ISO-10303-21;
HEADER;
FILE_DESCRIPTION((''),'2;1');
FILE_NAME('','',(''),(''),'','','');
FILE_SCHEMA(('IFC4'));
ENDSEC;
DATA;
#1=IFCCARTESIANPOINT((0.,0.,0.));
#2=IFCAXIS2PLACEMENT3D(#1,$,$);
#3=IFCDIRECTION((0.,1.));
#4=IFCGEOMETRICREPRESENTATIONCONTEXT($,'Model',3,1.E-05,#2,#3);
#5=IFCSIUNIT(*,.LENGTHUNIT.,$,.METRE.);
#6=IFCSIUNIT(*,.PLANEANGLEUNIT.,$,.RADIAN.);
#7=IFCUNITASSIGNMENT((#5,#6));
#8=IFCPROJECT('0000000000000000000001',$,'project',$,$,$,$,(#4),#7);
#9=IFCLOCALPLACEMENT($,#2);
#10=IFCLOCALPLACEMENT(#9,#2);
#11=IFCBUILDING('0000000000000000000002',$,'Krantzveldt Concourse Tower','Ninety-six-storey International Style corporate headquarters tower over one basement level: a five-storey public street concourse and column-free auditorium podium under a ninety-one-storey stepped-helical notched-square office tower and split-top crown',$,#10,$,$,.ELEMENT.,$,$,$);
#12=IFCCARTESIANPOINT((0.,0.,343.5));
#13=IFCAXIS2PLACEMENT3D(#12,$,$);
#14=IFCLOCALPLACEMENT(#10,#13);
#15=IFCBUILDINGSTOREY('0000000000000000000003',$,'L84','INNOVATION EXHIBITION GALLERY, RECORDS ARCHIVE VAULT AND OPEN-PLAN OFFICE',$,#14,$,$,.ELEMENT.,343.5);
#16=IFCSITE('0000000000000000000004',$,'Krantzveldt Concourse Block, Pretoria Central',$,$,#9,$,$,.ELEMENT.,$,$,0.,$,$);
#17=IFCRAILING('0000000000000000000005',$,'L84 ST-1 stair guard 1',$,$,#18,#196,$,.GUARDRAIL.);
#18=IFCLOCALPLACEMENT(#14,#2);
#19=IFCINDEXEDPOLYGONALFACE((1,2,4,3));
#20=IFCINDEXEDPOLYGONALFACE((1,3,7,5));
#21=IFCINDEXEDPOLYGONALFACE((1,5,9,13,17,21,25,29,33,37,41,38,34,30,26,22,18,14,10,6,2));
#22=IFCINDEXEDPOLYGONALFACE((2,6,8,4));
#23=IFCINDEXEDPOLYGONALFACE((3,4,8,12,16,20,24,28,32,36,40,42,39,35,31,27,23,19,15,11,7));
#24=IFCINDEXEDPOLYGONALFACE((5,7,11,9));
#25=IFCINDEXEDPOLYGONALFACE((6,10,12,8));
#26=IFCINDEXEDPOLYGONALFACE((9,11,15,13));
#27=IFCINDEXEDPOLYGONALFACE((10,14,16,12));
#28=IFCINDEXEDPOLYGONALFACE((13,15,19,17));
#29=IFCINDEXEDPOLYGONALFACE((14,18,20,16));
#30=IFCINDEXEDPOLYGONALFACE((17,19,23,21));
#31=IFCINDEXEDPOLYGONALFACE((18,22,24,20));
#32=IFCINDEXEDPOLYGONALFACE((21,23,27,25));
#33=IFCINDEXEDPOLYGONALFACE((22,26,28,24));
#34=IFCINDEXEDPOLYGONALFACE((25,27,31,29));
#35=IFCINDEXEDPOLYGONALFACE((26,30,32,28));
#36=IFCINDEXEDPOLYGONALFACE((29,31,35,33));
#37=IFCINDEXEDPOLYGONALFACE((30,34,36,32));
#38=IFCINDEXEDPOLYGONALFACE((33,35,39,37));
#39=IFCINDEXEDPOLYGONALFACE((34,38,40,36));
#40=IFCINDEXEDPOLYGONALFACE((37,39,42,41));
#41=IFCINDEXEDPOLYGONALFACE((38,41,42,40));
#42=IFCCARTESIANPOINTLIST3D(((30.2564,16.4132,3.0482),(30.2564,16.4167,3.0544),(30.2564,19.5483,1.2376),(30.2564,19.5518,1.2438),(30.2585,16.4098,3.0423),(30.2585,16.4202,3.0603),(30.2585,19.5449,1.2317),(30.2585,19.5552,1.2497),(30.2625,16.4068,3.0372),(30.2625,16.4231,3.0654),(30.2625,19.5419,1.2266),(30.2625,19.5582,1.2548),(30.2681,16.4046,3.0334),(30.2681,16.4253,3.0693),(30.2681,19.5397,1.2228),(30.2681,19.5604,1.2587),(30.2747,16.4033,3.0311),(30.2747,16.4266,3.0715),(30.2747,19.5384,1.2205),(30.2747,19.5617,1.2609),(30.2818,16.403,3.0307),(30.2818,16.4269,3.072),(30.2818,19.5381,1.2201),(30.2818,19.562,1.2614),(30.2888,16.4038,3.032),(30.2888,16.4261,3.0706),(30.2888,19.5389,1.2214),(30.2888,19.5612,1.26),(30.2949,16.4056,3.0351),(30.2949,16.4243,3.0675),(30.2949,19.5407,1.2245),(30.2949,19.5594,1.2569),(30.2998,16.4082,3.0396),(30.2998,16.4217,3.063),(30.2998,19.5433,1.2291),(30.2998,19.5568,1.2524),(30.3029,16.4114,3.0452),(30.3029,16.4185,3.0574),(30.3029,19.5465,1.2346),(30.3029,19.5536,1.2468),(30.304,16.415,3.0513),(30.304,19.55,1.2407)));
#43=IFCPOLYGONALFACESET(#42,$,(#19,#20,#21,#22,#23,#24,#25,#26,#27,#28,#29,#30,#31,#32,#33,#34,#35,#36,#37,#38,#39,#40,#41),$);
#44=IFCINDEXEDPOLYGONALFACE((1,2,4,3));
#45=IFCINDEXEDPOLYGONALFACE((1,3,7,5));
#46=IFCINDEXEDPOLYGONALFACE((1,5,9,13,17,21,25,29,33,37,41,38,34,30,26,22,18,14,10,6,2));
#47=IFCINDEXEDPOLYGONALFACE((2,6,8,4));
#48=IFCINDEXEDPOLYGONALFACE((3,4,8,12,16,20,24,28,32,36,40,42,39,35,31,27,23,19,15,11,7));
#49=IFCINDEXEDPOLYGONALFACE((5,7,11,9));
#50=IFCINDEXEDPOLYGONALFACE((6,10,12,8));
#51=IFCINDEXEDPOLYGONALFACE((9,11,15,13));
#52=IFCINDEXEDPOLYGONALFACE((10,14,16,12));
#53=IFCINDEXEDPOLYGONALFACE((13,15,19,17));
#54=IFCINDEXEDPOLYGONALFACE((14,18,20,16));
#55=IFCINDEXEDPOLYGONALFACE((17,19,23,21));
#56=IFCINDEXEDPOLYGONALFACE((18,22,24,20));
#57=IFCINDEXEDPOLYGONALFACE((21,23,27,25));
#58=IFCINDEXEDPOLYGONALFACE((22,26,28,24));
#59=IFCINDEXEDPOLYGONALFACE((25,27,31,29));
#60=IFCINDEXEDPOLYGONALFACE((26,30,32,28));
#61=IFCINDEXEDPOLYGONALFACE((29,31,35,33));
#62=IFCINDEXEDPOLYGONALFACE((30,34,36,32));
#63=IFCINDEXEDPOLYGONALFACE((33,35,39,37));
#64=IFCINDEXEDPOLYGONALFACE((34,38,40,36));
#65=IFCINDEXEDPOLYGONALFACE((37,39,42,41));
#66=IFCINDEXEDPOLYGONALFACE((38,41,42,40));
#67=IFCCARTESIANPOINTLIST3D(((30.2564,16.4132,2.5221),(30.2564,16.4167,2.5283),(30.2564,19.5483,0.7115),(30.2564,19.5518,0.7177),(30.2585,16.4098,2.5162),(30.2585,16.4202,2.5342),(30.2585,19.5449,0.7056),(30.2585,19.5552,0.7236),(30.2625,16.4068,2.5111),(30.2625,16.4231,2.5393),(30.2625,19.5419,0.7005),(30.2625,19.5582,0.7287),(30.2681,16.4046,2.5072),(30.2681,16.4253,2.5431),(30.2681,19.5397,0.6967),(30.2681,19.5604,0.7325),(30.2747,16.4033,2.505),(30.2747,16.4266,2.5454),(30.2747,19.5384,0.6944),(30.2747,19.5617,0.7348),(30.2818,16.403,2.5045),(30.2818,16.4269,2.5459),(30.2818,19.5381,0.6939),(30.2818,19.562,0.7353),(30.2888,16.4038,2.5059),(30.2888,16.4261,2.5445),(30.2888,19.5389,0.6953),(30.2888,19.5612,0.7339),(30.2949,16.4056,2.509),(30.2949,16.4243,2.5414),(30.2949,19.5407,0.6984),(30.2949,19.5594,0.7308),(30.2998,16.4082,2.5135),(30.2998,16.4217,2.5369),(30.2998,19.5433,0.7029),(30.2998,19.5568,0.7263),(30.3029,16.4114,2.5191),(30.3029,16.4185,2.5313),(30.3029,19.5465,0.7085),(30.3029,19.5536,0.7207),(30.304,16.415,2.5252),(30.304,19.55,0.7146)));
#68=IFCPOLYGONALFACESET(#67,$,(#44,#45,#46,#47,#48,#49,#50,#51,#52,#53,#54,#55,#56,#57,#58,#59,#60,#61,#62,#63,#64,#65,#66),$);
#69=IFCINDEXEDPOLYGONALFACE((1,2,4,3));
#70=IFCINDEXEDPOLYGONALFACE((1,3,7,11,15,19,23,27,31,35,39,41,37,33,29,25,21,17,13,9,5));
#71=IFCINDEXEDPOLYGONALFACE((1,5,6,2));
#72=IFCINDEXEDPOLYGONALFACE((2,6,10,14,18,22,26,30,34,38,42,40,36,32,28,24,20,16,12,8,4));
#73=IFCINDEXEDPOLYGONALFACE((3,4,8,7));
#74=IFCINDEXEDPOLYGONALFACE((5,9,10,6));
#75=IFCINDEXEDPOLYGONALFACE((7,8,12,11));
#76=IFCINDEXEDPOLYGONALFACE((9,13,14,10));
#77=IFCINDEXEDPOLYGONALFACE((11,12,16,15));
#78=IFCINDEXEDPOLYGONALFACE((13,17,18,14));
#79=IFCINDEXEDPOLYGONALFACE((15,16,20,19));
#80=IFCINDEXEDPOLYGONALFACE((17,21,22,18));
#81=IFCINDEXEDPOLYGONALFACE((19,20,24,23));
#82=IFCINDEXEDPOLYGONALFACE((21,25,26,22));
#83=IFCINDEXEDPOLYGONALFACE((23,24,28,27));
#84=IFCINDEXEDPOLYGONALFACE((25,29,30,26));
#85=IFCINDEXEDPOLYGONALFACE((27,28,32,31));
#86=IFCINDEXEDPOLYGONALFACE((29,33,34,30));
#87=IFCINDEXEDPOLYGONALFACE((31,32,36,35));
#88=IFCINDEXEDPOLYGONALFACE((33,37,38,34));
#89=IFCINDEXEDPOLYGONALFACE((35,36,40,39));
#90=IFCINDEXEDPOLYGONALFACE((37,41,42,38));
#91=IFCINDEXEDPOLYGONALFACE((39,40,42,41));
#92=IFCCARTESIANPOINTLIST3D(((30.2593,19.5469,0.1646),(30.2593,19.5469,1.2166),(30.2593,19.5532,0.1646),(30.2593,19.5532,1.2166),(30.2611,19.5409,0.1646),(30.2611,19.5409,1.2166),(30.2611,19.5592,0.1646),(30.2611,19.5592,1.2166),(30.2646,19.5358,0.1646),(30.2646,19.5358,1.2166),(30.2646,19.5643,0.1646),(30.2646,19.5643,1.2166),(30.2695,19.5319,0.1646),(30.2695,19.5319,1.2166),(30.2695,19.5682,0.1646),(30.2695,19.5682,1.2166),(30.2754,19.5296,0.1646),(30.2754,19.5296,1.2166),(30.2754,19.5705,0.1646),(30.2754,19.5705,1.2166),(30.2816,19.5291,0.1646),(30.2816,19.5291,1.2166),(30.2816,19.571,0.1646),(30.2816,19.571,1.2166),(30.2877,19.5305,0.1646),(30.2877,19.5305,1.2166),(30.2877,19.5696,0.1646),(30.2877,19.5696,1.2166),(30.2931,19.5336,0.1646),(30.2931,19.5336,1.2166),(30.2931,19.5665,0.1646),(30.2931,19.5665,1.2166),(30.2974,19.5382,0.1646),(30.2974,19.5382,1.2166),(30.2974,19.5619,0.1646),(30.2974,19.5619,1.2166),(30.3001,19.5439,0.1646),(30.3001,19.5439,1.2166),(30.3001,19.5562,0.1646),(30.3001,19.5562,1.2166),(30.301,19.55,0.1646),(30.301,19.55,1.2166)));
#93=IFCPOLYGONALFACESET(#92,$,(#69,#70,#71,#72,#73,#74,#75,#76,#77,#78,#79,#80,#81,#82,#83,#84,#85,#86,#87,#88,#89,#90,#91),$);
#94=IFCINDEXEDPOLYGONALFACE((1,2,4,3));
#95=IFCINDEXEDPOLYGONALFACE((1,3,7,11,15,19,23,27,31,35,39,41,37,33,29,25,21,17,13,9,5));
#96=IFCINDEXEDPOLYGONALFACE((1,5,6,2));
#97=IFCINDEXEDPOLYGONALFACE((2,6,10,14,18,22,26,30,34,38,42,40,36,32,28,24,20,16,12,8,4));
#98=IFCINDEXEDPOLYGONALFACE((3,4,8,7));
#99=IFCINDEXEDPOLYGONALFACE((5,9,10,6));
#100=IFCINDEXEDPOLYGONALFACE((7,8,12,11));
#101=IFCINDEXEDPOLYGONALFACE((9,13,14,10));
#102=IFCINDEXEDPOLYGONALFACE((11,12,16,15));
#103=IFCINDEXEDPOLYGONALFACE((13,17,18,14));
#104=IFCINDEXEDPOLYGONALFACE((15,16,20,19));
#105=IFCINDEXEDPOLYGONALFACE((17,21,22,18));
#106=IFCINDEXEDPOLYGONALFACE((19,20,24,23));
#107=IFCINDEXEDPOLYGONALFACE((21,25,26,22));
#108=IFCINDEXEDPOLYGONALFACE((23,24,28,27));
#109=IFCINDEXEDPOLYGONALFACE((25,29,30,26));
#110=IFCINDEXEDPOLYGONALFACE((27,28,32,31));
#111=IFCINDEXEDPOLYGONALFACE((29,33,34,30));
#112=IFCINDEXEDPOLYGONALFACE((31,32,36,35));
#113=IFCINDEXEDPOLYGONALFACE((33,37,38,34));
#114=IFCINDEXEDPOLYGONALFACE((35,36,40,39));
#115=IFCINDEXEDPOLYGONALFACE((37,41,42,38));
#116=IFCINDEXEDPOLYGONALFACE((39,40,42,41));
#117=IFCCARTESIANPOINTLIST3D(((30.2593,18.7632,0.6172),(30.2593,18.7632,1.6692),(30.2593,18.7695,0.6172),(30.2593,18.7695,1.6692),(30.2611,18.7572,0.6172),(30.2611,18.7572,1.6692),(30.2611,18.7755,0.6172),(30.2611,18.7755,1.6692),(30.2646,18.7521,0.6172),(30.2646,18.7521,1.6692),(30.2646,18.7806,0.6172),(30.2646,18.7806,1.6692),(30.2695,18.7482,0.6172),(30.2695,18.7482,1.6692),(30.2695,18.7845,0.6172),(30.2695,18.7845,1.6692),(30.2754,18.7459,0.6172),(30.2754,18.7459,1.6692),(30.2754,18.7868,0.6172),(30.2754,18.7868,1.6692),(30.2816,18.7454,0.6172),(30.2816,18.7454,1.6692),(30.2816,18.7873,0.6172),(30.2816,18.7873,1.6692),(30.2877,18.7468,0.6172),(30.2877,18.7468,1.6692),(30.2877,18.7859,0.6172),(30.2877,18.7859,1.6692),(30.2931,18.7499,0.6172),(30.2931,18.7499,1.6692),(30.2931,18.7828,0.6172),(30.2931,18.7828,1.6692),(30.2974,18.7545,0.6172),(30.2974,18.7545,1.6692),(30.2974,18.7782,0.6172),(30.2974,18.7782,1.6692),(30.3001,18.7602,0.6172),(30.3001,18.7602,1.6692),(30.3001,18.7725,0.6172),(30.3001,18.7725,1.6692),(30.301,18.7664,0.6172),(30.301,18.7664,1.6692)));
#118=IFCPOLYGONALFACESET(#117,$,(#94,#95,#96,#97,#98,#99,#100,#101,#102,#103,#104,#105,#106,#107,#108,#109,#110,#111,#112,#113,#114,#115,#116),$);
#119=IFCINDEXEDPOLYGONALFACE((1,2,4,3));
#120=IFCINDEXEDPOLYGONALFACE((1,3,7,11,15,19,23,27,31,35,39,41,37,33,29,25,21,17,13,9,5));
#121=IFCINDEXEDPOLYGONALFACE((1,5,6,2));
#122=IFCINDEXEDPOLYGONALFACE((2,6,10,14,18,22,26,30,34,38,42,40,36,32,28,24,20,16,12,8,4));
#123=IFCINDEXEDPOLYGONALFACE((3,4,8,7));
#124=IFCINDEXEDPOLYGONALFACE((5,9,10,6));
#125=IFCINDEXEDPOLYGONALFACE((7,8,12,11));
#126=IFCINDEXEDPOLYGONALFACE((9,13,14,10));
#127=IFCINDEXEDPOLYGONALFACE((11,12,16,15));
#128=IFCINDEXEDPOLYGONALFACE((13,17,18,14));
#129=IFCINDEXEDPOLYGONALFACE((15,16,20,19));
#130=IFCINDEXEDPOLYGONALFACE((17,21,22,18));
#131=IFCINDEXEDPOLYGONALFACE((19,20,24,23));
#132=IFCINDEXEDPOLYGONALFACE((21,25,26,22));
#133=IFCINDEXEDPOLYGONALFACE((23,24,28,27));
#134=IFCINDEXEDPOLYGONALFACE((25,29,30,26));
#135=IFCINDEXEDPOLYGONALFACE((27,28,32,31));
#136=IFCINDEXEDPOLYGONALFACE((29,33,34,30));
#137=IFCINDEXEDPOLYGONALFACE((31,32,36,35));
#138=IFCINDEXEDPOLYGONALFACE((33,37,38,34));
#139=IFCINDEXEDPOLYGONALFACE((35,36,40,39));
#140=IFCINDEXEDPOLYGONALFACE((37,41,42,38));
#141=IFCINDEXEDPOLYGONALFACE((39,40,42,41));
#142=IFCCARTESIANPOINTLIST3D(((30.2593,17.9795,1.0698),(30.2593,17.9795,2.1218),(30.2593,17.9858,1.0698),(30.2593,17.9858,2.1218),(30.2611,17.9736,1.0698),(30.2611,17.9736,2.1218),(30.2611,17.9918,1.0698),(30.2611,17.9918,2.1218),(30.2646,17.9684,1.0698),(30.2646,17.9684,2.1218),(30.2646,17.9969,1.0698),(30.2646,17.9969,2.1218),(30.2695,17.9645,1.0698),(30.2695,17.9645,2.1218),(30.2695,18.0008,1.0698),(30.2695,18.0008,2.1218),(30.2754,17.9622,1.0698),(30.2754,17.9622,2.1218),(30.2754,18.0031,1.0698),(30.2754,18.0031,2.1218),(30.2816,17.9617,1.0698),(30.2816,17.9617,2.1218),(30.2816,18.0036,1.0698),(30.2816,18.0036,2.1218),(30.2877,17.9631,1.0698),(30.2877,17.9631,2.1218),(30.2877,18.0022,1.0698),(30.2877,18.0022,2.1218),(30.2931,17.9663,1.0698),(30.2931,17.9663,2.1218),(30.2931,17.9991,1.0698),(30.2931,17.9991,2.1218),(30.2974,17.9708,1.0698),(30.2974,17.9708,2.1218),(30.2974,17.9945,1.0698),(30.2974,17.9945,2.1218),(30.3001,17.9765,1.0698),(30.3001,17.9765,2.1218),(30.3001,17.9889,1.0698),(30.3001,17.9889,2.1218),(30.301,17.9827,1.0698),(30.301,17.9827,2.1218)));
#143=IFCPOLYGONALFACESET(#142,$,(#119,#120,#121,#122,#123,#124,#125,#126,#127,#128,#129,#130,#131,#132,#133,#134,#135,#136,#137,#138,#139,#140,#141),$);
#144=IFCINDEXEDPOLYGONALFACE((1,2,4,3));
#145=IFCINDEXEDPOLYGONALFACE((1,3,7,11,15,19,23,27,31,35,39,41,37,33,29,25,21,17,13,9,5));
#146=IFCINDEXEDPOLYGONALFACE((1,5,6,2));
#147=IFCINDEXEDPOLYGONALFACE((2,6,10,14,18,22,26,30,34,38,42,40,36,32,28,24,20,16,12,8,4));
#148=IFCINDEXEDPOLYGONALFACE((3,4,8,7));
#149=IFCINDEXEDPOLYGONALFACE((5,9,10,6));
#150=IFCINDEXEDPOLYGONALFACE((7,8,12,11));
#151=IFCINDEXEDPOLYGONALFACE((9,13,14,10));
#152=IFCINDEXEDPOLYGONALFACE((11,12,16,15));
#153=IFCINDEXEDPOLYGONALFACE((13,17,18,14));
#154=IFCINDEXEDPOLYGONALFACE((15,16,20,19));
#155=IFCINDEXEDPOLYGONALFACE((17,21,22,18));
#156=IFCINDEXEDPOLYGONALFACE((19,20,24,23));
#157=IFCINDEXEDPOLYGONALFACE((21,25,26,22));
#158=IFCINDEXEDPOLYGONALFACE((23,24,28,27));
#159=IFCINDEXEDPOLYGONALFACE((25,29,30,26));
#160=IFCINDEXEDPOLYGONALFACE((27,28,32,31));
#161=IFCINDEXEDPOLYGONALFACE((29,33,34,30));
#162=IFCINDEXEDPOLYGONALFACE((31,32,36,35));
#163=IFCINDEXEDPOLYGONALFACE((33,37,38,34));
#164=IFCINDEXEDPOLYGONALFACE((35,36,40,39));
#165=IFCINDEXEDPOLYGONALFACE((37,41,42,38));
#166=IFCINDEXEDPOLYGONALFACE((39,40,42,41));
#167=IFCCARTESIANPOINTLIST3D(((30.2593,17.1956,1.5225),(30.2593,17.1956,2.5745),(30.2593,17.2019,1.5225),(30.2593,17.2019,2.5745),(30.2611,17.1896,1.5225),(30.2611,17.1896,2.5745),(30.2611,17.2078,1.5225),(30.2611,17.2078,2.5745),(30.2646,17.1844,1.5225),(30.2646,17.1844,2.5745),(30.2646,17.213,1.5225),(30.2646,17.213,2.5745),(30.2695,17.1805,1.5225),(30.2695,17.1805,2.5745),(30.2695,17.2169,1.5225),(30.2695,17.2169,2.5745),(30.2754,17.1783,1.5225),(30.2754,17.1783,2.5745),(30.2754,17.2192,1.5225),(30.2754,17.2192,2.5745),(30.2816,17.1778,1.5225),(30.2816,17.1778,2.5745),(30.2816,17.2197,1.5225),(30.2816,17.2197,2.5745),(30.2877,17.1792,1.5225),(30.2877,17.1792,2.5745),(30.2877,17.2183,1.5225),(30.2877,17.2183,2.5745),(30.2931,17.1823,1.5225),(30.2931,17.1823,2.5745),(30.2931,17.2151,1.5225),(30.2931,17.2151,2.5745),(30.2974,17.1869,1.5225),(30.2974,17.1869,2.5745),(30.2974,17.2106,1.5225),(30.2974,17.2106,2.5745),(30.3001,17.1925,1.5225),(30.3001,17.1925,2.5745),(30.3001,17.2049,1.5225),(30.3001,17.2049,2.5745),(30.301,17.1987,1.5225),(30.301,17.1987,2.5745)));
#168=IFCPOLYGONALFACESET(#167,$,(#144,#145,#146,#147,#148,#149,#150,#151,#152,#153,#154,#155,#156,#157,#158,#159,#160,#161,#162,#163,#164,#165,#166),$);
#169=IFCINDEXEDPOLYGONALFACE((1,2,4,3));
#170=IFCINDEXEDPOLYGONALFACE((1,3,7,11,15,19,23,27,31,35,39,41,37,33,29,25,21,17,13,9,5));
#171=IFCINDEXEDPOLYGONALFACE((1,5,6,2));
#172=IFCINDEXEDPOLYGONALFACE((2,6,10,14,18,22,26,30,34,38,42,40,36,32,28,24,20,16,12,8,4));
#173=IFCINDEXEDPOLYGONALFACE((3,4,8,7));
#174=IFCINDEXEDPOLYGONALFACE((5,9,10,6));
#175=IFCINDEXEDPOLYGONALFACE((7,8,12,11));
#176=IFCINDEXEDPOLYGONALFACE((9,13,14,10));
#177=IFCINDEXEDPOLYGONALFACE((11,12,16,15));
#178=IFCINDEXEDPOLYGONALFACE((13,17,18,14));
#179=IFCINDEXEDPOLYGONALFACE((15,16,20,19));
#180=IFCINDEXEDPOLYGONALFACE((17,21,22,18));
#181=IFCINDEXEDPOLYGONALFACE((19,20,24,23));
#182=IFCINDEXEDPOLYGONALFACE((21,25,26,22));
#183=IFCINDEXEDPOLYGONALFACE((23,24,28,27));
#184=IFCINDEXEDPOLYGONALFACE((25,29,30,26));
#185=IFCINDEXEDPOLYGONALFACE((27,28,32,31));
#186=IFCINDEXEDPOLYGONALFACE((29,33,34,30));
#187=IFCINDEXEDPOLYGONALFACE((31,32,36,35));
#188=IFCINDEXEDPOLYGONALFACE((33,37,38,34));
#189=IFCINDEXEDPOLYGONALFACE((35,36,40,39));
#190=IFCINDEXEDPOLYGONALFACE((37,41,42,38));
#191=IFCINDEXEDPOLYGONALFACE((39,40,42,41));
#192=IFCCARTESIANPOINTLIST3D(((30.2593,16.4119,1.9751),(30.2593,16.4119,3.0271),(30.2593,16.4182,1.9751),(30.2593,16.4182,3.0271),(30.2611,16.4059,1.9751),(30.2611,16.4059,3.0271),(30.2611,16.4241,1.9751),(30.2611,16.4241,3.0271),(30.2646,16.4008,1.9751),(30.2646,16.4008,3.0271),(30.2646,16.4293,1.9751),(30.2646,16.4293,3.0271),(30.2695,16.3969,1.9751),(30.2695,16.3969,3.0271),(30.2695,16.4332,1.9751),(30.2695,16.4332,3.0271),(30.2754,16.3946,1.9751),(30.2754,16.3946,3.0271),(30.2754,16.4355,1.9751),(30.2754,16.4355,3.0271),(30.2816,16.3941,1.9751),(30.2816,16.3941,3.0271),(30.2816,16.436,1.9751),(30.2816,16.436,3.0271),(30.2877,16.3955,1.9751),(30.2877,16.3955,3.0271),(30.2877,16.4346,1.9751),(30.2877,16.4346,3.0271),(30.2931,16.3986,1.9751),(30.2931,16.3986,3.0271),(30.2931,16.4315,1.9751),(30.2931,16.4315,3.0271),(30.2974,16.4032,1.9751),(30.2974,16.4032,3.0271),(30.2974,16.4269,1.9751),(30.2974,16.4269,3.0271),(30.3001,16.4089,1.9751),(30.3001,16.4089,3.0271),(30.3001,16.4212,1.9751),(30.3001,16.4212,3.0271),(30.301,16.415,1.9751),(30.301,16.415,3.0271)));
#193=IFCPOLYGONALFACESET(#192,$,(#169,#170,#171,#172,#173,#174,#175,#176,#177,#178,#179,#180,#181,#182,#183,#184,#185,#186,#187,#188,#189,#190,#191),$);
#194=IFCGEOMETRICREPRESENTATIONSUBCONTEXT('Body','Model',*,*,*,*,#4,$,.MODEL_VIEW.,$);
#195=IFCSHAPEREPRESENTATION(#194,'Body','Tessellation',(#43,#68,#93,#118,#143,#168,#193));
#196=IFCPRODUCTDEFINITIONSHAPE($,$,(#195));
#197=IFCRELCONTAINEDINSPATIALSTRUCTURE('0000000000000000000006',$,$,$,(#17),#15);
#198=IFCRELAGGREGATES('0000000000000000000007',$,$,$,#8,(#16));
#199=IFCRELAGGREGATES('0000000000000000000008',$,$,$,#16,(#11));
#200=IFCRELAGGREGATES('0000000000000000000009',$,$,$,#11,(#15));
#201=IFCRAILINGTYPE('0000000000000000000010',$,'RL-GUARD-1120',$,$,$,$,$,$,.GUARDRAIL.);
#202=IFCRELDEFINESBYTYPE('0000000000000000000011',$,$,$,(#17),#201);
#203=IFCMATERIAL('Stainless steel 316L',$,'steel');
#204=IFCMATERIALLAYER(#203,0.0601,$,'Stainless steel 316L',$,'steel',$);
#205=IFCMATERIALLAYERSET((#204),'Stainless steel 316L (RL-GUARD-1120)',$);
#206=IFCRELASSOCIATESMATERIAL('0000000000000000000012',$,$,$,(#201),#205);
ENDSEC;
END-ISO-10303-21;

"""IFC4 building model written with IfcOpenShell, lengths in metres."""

from ifc_helpers import new_model, si_unit, direction, frame, origin, origin_2d, place, context, subcontext, project, spatial, circle, extrude, material, layer, layer_set, type_object, element, save


model = new_model("IFC4")

# Units and contexts
model_context = context("Model", 3, precision=1e-05, world=origin(), true_north=direction((0.0, 1.0)))
body_context = subcontext(model_context, "Body", "Model", "MODEL_VIEW")
ifc_project = project(units=[si_unit("LENGTHUNIT", "METRE"), si_unit("PLANEANGLEUNIT", "RADIAN")], contexts=[model_context])

# Site, building, storey
site_placement = place(None, origin())
site = spatial("IfcSite", under=ifc_project, at=site_placement, Name="Krantzveldt Concourse Block, Pretoria Central", CompositionType="ELEMENT", RefElevation=0.0)
building_placement = place(site_placement, origin())
building = spatial("IfcBuilding", under=site, at=building_placement, Name="Krantzveldt Concourse Tower", Description="Ninety-six-storey International Style corporate headquarters tower over one basement level: a five-storey public street concourse and column-free auditorium podium under a ninety-one-storey stepped-helical notched-square office tower and split-top crown", CompositionType="ELEMENT")
storey_placement = place(building_placement, frame((0.0, 0.0, 343.5)))
storey = spatial("IfcBuildingStorey", under=building, at=storey_placement, Name="L84", Description="INNOVATION EXHIBITION GALLERY, RECORDS ARCHIVE VAULT AND OPEN-PLAN OFFICE", CompositionType="ELEMENT", Elevation=343.5)

# Railing
ifc_material_1 = material(Name="Stainless steel 316L", Category="steel")
ifc_layer_1 = layer(ifc_material_1, 0.0601, Name="Stainless steel 316L", Category="steel")
ifc_layer_set_1 = layer_set([ifc_layer_1], Name="Stainless steel 316L (RL-GUARD-1120)")
railing_type_1 = type_object("IfcRailingType", Name="RL-GUARD-1120", PredefinedType="GUARDRAIL", material=ifc_layer_set_1)
railing_1_placement = place(storey_placement, frame((30.28, 19.55, 0.1646)))
element("IfcRailing", 1, at=railing_1_placement, inside=storey, type_object=railing_type_1, Name="L84 ST-1 stair guard 1", PredefinedType="GUARDRAIL", context=body_context, shape_type="SweptSolid", body=[
    extrude(circle(Radius=0.0239, at=origin_2d()), frame((0.0, 0.0, 1.0762), z_axis=(0.0, -0.86596, 0.500114), x_axis=(1.0, 0.0, 0.0)), (0.0, 0.0, 1.0), 3.6204),
    extrude(circle(Radius=0.0239, at=origin_2d()), frame((0.0, 0.0, 0.55), z_axis=(0.0, -0.86596, 0.500114), x_axis=(1.0, 0.0, 0.0)), (0.0, 0.0, 1.0), 3.6204),
    extrude(circle(Radius=0.021, at=origin_2d()), origin(), (0.0, 0.0, 1.0), 1.052),
    extrude(circle(Radius=0.021, at=origin_2d()), frame((0.0, -0.7837, 0.4526)), (0.0, 0.0, 1.0), 1.052),
    extrude(circle(Radius=0.021, at=origin_2d()), frame((0.0, -1.5674, 0.9053)), (0.0, 0.0, 1.0), 1.052),
    extrude(circle(Radius=0.021, at=origin_2d()), frame((0.0, -2.3513, 1.3579)), (0.0, 0.0, 1.0), 1.052),
    extrude(circle(Radius=0.021, at=origin_2d()), frame((0.0, -3.135, 1.8105)), (0.0, 0.0, 1.0), 1.052),
])

save(model, "model.ifc")
